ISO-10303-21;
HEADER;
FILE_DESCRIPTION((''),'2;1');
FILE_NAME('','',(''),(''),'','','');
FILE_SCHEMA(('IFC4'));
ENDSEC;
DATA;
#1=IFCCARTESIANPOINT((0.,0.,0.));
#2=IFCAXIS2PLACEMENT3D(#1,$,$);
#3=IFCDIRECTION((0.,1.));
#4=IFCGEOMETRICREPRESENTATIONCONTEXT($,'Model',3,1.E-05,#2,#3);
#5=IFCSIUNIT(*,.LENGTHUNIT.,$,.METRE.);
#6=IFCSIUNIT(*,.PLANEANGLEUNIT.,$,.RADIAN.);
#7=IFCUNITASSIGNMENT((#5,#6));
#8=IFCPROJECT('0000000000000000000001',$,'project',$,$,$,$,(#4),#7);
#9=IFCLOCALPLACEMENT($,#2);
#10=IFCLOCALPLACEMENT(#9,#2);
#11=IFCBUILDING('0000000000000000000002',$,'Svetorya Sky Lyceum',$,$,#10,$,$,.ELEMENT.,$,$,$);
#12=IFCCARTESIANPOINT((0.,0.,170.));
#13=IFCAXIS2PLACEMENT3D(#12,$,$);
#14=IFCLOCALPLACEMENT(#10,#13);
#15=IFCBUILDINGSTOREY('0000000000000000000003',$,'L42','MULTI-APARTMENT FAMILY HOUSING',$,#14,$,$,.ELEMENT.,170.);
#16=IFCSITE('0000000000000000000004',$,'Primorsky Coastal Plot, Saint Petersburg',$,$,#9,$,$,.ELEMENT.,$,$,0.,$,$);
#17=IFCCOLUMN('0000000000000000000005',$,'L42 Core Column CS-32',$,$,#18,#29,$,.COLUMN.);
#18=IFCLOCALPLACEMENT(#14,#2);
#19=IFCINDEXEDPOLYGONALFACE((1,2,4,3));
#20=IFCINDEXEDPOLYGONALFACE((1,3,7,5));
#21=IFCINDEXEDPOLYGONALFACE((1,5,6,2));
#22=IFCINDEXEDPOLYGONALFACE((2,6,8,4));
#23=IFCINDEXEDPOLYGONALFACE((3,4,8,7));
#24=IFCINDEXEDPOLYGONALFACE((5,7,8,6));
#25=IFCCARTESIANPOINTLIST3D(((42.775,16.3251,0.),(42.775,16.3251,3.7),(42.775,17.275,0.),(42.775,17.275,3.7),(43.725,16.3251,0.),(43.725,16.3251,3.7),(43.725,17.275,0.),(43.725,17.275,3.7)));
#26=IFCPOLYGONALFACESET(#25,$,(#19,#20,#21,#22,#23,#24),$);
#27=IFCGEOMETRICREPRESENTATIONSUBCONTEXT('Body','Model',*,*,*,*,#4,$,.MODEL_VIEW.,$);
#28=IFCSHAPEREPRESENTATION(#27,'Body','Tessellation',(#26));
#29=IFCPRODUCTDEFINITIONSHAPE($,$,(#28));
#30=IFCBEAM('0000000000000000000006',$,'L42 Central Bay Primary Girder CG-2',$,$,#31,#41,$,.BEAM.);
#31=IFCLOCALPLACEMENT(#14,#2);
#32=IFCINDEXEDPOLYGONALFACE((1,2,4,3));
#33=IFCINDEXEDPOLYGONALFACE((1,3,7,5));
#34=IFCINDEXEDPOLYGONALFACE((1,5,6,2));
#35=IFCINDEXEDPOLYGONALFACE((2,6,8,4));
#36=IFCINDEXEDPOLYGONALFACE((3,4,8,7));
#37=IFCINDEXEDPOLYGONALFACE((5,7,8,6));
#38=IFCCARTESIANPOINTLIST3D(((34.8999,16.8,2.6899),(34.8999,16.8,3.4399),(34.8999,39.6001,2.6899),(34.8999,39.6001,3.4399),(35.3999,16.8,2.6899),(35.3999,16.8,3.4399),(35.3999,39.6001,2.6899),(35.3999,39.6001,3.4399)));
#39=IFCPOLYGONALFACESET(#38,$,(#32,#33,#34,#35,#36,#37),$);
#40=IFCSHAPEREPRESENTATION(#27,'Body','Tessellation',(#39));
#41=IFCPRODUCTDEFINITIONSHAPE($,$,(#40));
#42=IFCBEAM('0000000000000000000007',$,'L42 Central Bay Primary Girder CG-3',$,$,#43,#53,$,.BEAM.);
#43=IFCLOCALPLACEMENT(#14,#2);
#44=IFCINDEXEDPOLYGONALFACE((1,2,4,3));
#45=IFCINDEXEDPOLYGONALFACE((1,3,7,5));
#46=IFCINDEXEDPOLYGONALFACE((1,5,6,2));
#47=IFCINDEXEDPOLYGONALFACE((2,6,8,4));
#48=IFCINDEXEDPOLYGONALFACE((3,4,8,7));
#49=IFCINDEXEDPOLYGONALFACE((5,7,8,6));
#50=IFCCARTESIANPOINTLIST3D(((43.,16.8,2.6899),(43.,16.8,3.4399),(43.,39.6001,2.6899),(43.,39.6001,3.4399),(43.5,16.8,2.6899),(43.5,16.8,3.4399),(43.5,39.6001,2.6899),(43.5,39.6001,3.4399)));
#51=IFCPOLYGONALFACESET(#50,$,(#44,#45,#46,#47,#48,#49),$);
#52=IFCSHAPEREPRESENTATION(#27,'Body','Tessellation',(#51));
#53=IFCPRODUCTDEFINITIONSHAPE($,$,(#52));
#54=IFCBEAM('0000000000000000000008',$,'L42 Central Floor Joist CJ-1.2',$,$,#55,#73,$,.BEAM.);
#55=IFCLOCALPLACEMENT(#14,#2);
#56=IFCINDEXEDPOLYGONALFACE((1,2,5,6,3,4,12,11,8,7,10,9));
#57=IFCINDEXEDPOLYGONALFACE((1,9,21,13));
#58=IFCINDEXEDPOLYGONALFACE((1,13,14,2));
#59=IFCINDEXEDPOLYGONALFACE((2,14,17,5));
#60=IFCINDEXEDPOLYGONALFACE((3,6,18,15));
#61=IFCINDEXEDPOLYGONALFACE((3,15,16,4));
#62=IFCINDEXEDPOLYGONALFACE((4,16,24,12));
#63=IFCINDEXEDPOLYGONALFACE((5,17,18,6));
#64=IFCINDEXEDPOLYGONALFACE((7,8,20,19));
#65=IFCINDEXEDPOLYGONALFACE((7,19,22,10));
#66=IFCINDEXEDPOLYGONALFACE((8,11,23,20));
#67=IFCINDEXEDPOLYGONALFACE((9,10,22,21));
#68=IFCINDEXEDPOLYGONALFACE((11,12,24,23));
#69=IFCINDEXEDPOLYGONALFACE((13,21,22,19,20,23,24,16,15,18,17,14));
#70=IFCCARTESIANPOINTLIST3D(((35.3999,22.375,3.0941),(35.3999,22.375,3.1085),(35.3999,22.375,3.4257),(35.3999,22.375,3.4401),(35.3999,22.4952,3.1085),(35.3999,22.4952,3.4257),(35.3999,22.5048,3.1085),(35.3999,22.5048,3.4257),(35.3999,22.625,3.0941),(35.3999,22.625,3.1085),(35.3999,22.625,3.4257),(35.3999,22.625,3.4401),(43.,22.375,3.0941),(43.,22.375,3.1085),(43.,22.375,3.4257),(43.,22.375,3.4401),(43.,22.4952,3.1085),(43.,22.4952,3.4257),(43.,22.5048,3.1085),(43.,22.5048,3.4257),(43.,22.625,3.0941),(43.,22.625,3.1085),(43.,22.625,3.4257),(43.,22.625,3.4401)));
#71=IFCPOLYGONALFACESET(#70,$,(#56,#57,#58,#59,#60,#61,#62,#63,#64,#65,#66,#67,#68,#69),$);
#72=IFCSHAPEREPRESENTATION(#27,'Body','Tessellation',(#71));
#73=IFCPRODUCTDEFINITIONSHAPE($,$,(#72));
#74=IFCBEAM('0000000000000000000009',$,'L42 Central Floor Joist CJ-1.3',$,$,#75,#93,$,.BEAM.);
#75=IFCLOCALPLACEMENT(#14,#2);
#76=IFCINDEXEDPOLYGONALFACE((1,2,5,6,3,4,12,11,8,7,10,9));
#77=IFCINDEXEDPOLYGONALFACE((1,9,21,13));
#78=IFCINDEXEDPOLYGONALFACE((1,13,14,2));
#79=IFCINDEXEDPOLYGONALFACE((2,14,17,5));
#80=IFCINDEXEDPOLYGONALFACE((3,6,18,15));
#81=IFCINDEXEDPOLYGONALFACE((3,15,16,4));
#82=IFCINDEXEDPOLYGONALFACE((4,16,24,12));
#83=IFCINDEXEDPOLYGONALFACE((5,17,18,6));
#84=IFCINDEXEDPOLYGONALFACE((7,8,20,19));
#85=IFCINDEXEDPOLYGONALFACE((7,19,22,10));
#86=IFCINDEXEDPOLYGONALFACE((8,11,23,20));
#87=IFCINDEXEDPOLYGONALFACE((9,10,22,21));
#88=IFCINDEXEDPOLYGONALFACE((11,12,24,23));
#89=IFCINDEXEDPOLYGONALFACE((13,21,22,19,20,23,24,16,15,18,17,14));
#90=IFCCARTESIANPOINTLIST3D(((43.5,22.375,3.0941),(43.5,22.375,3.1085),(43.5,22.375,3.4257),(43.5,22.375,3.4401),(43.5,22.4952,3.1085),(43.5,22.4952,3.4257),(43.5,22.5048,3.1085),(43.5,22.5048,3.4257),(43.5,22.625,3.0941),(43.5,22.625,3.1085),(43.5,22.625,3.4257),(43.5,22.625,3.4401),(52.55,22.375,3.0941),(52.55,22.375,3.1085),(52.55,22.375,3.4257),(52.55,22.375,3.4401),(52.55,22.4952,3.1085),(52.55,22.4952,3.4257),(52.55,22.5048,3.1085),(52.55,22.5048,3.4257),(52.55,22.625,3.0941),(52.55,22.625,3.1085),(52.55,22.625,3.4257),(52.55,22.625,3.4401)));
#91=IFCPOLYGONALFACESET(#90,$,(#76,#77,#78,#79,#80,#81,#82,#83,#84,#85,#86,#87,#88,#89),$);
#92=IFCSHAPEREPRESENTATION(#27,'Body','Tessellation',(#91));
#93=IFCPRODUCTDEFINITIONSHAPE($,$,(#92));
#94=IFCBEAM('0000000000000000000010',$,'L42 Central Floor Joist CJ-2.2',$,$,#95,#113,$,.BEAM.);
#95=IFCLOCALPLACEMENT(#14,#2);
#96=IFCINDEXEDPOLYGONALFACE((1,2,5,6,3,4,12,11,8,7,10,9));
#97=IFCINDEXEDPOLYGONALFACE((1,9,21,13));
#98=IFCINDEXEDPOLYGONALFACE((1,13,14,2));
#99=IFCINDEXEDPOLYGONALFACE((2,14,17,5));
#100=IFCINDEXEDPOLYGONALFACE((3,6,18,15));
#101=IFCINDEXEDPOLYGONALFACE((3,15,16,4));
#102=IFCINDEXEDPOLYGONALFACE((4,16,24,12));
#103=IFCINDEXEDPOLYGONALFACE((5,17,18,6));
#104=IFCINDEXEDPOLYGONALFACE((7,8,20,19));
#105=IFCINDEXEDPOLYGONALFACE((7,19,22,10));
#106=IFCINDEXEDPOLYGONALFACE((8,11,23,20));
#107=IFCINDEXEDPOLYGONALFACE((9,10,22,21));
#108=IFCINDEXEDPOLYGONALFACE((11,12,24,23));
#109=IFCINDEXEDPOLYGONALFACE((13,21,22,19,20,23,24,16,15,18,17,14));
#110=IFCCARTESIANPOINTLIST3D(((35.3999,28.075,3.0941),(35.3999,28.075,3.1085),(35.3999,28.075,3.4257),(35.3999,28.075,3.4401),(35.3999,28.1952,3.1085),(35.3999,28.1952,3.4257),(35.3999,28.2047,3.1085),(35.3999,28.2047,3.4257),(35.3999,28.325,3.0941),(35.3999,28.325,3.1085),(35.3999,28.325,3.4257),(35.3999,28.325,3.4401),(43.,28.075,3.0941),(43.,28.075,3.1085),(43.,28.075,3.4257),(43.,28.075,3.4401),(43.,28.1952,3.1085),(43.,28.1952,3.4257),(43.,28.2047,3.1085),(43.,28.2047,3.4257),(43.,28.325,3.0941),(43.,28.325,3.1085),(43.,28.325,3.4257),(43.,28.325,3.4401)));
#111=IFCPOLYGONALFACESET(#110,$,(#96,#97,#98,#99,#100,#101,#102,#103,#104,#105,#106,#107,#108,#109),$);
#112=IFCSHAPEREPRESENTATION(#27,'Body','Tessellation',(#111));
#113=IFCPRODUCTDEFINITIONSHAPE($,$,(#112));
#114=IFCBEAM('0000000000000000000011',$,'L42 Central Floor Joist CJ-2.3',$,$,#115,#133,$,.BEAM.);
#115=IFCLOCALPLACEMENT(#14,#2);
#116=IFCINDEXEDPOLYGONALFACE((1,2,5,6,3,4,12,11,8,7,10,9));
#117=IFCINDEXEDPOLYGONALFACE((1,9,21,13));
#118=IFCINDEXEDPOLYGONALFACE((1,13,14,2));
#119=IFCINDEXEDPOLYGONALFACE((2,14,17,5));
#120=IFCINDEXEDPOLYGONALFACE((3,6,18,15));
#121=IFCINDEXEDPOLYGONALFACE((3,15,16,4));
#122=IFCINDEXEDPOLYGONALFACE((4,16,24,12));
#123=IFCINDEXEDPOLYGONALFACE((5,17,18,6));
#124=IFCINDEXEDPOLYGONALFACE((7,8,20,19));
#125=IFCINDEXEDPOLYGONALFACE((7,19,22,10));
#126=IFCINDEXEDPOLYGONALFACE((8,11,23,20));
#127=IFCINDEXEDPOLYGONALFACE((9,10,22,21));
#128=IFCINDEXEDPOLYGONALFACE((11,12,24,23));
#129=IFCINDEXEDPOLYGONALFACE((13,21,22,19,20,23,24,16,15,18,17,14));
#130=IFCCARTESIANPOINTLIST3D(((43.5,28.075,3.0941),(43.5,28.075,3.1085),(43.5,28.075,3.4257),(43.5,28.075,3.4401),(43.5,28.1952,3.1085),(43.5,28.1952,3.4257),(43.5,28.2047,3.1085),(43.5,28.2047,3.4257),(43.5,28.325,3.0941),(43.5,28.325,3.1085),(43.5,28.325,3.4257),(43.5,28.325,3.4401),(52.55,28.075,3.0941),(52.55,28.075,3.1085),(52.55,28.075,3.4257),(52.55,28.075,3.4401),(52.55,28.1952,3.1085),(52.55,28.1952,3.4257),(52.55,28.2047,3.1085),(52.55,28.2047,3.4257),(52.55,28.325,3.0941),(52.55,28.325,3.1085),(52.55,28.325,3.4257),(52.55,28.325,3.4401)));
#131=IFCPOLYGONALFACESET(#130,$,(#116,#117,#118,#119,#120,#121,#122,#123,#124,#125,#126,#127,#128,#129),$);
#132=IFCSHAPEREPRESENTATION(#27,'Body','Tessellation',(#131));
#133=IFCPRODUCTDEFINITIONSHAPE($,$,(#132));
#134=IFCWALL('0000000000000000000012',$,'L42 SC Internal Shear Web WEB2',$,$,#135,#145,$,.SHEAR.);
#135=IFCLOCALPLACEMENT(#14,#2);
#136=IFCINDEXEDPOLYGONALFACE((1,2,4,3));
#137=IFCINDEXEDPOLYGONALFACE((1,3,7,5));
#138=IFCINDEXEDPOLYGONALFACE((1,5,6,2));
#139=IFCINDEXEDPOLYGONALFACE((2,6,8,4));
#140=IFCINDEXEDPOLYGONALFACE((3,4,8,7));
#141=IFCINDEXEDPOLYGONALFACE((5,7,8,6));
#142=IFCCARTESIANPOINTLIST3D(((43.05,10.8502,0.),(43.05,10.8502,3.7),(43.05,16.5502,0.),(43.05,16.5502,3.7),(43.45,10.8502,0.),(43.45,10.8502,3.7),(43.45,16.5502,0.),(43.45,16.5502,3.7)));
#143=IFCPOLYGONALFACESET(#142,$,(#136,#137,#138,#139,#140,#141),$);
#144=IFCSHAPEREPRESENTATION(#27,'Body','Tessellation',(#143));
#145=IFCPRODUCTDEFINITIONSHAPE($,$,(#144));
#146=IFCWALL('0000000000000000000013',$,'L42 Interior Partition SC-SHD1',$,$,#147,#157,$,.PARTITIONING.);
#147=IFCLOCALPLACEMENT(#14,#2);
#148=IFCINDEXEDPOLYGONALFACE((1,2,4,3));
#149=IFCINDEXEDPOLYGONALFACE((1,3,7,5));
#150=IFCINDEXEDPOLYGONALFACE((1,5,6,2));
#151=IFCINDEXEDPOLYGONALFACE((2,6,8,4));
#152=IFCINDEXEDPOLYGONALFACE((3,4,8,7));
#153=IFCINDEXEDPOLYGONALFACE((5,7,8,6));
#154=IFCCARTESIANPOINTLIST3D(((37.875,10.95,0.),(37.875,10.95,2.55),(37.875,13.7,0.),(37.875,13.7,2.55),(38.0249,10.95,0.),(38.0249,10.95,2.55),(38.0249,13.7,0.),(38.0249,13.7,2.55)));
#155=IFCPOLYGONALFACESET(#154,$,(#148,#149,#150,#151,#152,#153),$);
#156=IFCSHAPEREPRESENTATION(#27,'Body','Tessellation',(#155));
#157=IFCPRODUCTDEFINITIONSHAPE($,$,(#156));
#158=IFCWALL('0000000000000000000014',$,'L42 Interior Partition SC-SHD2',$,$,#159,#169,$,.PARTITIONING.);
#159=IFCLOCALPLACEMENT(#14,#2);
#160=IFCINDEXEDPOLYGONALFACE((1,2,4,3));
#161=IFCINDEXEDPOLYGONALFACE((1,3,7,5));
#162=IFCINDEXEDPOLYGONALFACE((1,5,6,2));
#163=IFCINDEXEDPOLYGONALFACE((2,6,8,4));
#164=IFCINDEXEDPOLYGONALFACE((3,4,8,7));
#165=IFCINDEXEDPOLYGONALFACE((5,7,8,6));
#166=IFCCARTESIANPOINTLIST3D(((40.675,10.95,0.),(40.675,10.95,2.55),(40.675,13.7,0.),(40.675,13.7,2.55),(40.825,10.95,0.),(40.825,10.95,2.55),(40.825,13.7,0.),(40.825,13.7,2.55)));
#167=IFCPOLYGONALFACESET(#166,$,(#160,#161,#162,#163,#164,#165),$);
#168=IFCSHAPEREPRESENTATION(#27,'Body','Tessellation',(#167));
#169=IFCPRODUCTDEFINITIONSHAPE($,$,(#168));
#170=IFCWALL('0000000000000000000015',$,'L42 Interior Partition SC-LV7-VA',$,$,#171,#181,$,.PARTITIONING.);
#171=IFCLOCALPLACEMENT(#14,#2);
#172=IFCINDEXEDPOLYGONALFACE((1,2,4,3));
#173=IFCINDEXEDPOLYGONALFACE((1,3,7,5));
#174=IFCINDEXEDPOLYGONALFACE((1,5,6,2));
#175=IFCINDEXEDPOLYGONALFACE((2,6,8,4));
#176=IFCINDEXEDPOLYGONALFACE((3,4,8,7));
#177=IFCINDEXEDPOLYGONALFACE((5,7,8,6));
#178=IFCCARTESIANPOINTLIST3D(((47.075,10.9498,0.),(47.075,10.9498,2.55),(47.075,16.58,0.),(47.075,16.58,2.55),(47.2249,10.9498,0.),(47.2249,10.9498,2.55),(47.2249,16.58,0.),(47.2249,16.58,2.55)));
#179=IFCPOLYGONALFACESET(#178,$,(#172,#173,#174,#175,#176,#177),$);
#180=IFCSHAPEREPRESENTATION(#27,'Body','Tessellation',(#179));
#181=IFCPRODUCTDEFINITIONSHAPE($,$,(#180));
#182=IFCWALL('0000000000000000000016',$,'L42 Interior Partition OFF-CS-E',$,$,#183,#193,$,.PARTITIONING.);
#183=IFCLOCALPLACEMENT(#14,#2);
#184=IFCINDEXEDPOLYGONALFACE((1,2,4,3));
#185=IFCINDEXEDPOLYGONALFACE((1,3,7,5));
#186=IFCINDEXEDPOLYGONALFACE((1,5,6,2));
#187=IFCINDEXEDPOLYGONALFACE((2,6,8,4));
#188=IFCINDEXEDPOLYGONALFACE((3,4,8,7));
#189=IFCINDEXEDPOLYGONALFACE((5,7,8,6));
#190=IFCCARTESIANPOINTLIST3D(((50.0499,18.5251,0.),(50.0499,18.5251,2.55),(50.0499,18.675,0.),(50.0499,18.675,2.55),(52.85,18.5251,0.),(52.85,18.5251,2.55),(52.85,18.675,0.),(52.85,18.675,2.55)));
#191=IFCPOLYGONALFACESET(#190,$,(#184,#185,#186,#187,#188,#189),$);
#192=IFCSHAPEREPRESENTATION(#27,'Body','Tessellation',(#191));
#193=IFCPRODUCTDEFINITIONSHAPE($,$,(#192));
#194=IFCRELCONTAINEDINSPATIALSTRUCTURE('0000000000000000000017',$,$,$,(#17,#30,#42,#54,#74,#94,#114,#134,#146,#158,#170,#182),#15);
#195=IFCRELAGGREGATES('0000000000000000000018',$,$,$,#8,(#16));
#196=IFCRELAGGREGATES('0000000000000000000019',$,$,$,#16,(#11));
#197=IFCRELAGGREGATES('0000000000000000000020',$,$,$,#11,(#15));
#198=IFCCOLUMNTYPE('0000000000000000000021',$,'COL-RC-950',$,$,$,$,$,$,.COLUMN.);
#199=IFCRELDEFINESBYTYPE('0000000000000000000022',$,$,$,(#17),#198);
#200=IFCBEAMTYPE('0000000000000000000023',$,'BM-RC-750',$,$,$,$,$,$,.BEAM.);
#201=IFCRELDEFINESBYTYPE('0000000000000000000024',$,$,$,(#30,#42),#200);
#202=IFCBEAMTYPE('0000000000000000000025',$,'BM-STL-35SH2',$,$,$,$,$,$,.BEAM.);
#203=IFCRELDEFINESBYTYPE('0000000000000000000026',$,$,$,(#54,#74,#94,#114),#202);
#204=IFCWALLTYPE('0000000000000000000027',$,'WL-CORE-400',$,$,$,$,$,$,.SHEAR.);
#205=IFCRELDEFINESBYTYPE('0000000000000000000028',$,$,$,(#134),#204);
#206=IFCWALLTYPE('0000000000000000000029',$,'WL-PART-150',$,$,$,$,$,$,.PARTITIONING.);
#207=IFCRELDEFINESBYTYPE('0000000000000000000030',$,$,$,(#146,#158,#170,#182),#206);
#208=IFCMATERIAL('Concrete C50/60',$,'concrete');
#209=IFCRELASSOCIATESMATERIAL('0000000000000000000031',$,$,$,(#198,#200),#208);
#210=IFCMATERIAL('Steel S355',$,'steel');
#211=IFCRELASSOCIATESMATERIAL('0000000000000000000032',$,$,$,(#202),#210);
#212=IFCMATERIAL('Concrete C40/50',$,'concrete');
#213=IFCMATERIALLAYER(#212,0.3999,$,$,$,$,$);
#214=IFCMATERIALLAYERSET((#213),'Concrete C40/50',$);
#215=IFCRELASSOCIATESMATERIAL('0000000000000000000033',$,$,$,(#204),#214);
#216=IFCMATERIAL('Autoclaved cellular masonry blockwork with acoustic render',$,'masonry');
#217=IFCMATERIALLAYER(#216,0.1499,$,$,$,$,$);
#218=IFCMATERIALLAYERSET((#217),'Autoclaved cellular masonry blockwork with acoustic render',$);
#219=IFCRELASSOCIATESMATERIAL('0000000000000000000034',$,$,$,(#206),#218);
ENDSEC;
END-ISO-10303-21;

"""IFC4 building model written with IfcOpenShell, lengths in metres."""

from ifc_helpers import new_model, si_unit, direction, frame, frame_2d, origin, origin_2d, place, context, subcontext, project, spatial, rectangle, i_section, extrude, material, layer, layer_set, material_profile, profile_set, type_object, element, save


model = new_model("IFC4")

# Units and contexts
model_context = context("Model", 3, precision=1e-05, world=origin(), true_north=direction((0.0, 1.0)))
body_context = subcontext(model_context, "Body", "Model", "MODEL_VIEW")
ifc_project = project(units=[si_unit("LENGTHUNIT", "METRE"), si_unit("PLANEANGLEUNIT", "RADIAN")], contexts=[model_context])

# Site, building, storey
site_placement = place(None, origin())
site = spatial("IfcSite", under=ifc_project, at=site_placement, Name="Primorsky Coastal Plot, Saint Petersburg", CompositionType="ELEMENT", RefElevation=0.0)
building_placement = place(site_placement, origin())
building = spatial("IfcBuilding", under=site, at=building_placement, Name="Svetorya Sky Lyceum", CompositionType="ELEMENT")
storey_placement = place(building_placement, frame((0.0, 0.0, 170.0)))
storey = spatial("IfcBuildingStorey", under=building, at=storey_placement, Name="L42", Description="MULTI-APARTMENT FAMILY HOUSING", CompositionType="ELEMENT", Elevation=170.0)

# Column
ifc_material_1 = material(Name="Concrete C50/60", Category="concrete")
ifc_material_profile_1 = material_profile(ifc_material_1, rectangle(XDim=0.95, YDim=0.95, at=origin_2d()), Name="RC COL 950x950")
ifc_profile_set_1 = profile_set([ifc_material_profile_1], Name="Concrete C50/60")
column_type = type_object("IfcColumnType", Name="COL-RC-950", PredefinedType="COLUMN", material=ifc_profile_set_1)
column_placement = place(storey_placement, frame((43.25, 16.8, 0.0), z_axis=(0.0, 0.0, 1.0), x_axis=(1.0, 0.0, 0.0)))
element("IfcColumn", 1, at=column_placement, inside=storey, type_object=column_type, Name="L42 Core Column CS-32", PredefinedType="COLUMN", context=body_context, shape_type="SweptSolid", body=[
    extrude(rectangle(XDim=0.95, YDim=0.95, at=origin_2d()), origin(), (0.0, 0.0, 1.0), 3.7),
])

# Beams
ifc_material_profile_2 = material_profile(ifc_material_1, rectangle(XDim=0.5, YDim=0.75, at=origin_2d()), Name="RC BEAM 500x750")
ifc_profile_set_2 = profile_set([ifc_material_profile_2], Name="Concrete C50/60")
beam_type_1 = type_object("IfcBeamType", Name="BM-RC-750", PredefinedType="BEAM", material=ifc_profile_set_2)
for number, where, z_axis, x_axis, name in (
    (2, (35.1499, 16.8, 3.0649), (0.0, 1.0, 0.0), (-1.0, 0.0, 0.0), "L42 Central Bay Primary Girder CG-2"),
    (3, (43.25, 16.8, 3.0649), (0.0, 1.0, 0.0), (-1.0, 0.0, 0.0), "L42 Central Bay Primary Girder CG-3"),
):
    element("IfcBeam", number, at=place(storey_placement, frame(where, z_axis=z_axis, x_axis=x_axis)), inside=storey, type_object=beam_type_1, Name=name, PredefinedType="BEAM", context=body_context, shape_type="SweptSolid", body=[
        extrude(rectangle(XDim=0.5, YDim=0.75, at=origin_2d()), origin(), (0.0, 0.0, 1.0), 22.8),
    ])
ifc_material_2 = material(Name="Steel S355", Category="steel")
ifc_material_profile_3 = material_profile(ifc_material_2, i_section(OverallWidth=0.25, OverallDepth=0.3459, WebThickness=0.0095, FlangeThickness=0.0144, at=origin_2d()), Name="GOST 35Sh2")
ifc_profile_set_3 = profile_set([ifc_material_profile_3], Name="Steel S355")
beam_type_2 = type_object("IfcBeamType", Name="BM-STL-35SH2", PredefinedType="BEAM", material=ifc_profile_set_3)
beam_1_placement = place(storey_placement, frame((35.3999, 22.5, 3.2671), z_axis=(1.0, 0.0, 0.0), x_axis=(0.0, 1.0, 0.0)))
element("IfcBeam", 4, at=beam_1_placement, inside=storey, type_object=beam_type_2, Name="L42 Central Floor Joist CJ-1.2", PredefinedType="BEAM", context=body_context, shape_type="SweptSolid", body=[
    extrude(i_section(OverallWidth=0.25, OverallDepth=0.3459, WebThickness=0.0095, FlangeThickness=0.0144, at=origin_2d()), origin(), (0.0, 0.0, 1.0), 7.6001),
])
beam_2_placement = place(storey_placement, frame((43.5, 22.5, 3.2671), z_axis=(1.0, 0.0, 0.0), x_axis=(0.0, 1.0, 0.0)))
element("IfcBeam", 5, at=beam_2_placement, inside=storey, type_object=beam_type_2, Name="L42 Central Floor Joist CJ-1.3", PredefinedType="BEAM", context=body_context, shape_type="SweptSolid", body=[
    extrude(i_section(OverallWidth=0.25, OverallDepth=0.3459, WebThickness=0.0095, FlangeThickness=0.0144, at=origin_2d()), origin(), (0.0, 0.0, 1.0), 9.05),
])
beam_3_placement = place(storey_placement, frame((35.3999, 28.2, 3.2671), z_axis=(1.0, 0.0, 0.0), x_axis=(0.0, 1.0, 0.0)))
element("IfcBeam", 6, at=beam_3_placement, inside=storey, type_object=beam_type_2, Name="L42 Central Floor Joist CJ-2.2", PredefinedType="BEAM", context=body_context, shape_type="SweptSolid", body=[
    extrude(i_section(OverallWidth=0.25, OverallDepth=0.3459, WebThickness=0.0095, FlangeThickness=0.0144, at=origin_2d()), origin(), (0.0, 0.0, 1.0), 7.6001),
])
beam_4_placement = place(storey_placement, frame((43.5, 28.2, 3.2671), z_axis=(1.0, 0.0, 0.0), x_axis=(0.0, 1.0, 0.0)))
element("IfcBeam", 7, at=beam_4_placement, inside=storey, type_object=beam_type_2, Name="L42 Central Floor Joist CJ-2.3", PredefinedType="BEAM", context=body_context, shape_type="SweptSolid", body=[
    extrude(i_section(OverallWidth=0.25, OverallDepth=0.3459, WebThickness=0.0095, FlangeThickness=0.0144, at=origin_2d()), origin(), (0.0, 0.0, 1.0), 9.05),
])

# Walls
ifc_material_3 = material(Name="Concrete C40/50", Category="concrete")
ifc_layer_1 = layer(ifc_material_3, 0.3999)
ifc_layer_set_1 = layer_set([ifc_layer_1], Name="Concrete C40/50")
wall_type_1 = type_object("IfcWallType", Name="WL-CORE-400", PredefinedType="SHEAR", material=ifc_layer_set_1)
wall_1_placement = place(storey_placement, frame((43.25, 10.8501, 0.0), z_axis=(0.0, 0.0, 1.0), x_axis=(0.0, 1.0, 0.0)))
element("IfcWall", 8, at=wall_1_placement, inside=storey, type_object=wall_type_1, Name="L42 SC Internal Shear Web WEB2", PredefinedType="SHEAR", context=body_context, shape_type="SweptSolid", body=[
    extrude(rectangle(XDim=5.7, YDim=0.3999, at=frame_2d((2.8501, 0.0))), origin(), (0.0, 0.0, 1.0), 3.7),
])
ifc_material_4 = material(Name="Autoclaved cellular masonry blockwork with acoustic render", Category="masonry")
ifc_layer_2 = layer(ifc_material_4, 0.1499)
ifc_layer_set_2 = layer_set([ifc_layer_2], Name="Autoclaved cellular masonry blockwork with acoustic render")
wall_type_2 = type_object("IfcWallType", Name="WL-PART-150", PredefinedType="PARTITIONING", material=ifc_layer_set_2)
for number, where, z_axis, x_axis, name in (
    (9, (37.95, 10.95, 0.0), (0.0, 0.0, 1.0), (0.0, 1.0, 0.0), "L42 Interior Partition SC-SHD1"),
    (10, (40.75, 10.95, 0.0), (0.0, 0.0, 1.0), (0.0, 1.0, 0.0), "L42 Interior Partition SC-SHD2"),
):
    element("IfcWall", number, at=place(storey_placement, frame(where, z_axis=z_axis, x_axis=x_axis)), inside=storey, type_object=wall_type_2, Name=name, PredefinedType="PARTITIONING", context=body_context, shape_type="SweptSolid", body=[
        extrude(rectangle(XDim=2.75, YDim=0.1499, at=frame_2d((1.375, 0.0))), origin(), (0.0, 0.0, 1.0), 2.55),
    ])
wall_2_placement = place(storey_placement, frame((47.1499, 10.95, 0.0), z_axis=(0.0, 0.0, 1.0), x_axis=(0.0, 1.0, 0.0)))
element("IfcWall", 11, at=wall_2_placement, inside=storey, type_object=wall_type_2, Name="L42 Interior Partition SC-LV7-VA", PredefinedType="PARTITIONING", context=body_context, shape_type="SweptSolid", body=[
    extrude(rectangle(XDim=5.6301, YDim=0.1499, at=frame_2d((2.8149, 0.0))), origin(), (0.0, 0.0, 1.0), 2.55),
])
wall_3_placement = place(storey_placement, frame((50.05, 18.6001, 0.0), z_axis=(0.0, 0.0, 1.0), x_axis=(1.0, 0.0, 0.0)))
element("IfcWall", 12, at=wall_3_placement, inside=storey, type_object=wall_type_2, Name="L42 Interior Partition OFF-CS-E", PredefinedType="PARTITIONING", context=body_context, shape_type="SweptSolid", body=[
    extrude(rectangle(XDim=2.8, YDim=0.1499, at=frame_2d((1.3999, 0.0))), origin(), (0.0, 0.0, 1.0), 2.55),
])

save(model, "model.ifc")
